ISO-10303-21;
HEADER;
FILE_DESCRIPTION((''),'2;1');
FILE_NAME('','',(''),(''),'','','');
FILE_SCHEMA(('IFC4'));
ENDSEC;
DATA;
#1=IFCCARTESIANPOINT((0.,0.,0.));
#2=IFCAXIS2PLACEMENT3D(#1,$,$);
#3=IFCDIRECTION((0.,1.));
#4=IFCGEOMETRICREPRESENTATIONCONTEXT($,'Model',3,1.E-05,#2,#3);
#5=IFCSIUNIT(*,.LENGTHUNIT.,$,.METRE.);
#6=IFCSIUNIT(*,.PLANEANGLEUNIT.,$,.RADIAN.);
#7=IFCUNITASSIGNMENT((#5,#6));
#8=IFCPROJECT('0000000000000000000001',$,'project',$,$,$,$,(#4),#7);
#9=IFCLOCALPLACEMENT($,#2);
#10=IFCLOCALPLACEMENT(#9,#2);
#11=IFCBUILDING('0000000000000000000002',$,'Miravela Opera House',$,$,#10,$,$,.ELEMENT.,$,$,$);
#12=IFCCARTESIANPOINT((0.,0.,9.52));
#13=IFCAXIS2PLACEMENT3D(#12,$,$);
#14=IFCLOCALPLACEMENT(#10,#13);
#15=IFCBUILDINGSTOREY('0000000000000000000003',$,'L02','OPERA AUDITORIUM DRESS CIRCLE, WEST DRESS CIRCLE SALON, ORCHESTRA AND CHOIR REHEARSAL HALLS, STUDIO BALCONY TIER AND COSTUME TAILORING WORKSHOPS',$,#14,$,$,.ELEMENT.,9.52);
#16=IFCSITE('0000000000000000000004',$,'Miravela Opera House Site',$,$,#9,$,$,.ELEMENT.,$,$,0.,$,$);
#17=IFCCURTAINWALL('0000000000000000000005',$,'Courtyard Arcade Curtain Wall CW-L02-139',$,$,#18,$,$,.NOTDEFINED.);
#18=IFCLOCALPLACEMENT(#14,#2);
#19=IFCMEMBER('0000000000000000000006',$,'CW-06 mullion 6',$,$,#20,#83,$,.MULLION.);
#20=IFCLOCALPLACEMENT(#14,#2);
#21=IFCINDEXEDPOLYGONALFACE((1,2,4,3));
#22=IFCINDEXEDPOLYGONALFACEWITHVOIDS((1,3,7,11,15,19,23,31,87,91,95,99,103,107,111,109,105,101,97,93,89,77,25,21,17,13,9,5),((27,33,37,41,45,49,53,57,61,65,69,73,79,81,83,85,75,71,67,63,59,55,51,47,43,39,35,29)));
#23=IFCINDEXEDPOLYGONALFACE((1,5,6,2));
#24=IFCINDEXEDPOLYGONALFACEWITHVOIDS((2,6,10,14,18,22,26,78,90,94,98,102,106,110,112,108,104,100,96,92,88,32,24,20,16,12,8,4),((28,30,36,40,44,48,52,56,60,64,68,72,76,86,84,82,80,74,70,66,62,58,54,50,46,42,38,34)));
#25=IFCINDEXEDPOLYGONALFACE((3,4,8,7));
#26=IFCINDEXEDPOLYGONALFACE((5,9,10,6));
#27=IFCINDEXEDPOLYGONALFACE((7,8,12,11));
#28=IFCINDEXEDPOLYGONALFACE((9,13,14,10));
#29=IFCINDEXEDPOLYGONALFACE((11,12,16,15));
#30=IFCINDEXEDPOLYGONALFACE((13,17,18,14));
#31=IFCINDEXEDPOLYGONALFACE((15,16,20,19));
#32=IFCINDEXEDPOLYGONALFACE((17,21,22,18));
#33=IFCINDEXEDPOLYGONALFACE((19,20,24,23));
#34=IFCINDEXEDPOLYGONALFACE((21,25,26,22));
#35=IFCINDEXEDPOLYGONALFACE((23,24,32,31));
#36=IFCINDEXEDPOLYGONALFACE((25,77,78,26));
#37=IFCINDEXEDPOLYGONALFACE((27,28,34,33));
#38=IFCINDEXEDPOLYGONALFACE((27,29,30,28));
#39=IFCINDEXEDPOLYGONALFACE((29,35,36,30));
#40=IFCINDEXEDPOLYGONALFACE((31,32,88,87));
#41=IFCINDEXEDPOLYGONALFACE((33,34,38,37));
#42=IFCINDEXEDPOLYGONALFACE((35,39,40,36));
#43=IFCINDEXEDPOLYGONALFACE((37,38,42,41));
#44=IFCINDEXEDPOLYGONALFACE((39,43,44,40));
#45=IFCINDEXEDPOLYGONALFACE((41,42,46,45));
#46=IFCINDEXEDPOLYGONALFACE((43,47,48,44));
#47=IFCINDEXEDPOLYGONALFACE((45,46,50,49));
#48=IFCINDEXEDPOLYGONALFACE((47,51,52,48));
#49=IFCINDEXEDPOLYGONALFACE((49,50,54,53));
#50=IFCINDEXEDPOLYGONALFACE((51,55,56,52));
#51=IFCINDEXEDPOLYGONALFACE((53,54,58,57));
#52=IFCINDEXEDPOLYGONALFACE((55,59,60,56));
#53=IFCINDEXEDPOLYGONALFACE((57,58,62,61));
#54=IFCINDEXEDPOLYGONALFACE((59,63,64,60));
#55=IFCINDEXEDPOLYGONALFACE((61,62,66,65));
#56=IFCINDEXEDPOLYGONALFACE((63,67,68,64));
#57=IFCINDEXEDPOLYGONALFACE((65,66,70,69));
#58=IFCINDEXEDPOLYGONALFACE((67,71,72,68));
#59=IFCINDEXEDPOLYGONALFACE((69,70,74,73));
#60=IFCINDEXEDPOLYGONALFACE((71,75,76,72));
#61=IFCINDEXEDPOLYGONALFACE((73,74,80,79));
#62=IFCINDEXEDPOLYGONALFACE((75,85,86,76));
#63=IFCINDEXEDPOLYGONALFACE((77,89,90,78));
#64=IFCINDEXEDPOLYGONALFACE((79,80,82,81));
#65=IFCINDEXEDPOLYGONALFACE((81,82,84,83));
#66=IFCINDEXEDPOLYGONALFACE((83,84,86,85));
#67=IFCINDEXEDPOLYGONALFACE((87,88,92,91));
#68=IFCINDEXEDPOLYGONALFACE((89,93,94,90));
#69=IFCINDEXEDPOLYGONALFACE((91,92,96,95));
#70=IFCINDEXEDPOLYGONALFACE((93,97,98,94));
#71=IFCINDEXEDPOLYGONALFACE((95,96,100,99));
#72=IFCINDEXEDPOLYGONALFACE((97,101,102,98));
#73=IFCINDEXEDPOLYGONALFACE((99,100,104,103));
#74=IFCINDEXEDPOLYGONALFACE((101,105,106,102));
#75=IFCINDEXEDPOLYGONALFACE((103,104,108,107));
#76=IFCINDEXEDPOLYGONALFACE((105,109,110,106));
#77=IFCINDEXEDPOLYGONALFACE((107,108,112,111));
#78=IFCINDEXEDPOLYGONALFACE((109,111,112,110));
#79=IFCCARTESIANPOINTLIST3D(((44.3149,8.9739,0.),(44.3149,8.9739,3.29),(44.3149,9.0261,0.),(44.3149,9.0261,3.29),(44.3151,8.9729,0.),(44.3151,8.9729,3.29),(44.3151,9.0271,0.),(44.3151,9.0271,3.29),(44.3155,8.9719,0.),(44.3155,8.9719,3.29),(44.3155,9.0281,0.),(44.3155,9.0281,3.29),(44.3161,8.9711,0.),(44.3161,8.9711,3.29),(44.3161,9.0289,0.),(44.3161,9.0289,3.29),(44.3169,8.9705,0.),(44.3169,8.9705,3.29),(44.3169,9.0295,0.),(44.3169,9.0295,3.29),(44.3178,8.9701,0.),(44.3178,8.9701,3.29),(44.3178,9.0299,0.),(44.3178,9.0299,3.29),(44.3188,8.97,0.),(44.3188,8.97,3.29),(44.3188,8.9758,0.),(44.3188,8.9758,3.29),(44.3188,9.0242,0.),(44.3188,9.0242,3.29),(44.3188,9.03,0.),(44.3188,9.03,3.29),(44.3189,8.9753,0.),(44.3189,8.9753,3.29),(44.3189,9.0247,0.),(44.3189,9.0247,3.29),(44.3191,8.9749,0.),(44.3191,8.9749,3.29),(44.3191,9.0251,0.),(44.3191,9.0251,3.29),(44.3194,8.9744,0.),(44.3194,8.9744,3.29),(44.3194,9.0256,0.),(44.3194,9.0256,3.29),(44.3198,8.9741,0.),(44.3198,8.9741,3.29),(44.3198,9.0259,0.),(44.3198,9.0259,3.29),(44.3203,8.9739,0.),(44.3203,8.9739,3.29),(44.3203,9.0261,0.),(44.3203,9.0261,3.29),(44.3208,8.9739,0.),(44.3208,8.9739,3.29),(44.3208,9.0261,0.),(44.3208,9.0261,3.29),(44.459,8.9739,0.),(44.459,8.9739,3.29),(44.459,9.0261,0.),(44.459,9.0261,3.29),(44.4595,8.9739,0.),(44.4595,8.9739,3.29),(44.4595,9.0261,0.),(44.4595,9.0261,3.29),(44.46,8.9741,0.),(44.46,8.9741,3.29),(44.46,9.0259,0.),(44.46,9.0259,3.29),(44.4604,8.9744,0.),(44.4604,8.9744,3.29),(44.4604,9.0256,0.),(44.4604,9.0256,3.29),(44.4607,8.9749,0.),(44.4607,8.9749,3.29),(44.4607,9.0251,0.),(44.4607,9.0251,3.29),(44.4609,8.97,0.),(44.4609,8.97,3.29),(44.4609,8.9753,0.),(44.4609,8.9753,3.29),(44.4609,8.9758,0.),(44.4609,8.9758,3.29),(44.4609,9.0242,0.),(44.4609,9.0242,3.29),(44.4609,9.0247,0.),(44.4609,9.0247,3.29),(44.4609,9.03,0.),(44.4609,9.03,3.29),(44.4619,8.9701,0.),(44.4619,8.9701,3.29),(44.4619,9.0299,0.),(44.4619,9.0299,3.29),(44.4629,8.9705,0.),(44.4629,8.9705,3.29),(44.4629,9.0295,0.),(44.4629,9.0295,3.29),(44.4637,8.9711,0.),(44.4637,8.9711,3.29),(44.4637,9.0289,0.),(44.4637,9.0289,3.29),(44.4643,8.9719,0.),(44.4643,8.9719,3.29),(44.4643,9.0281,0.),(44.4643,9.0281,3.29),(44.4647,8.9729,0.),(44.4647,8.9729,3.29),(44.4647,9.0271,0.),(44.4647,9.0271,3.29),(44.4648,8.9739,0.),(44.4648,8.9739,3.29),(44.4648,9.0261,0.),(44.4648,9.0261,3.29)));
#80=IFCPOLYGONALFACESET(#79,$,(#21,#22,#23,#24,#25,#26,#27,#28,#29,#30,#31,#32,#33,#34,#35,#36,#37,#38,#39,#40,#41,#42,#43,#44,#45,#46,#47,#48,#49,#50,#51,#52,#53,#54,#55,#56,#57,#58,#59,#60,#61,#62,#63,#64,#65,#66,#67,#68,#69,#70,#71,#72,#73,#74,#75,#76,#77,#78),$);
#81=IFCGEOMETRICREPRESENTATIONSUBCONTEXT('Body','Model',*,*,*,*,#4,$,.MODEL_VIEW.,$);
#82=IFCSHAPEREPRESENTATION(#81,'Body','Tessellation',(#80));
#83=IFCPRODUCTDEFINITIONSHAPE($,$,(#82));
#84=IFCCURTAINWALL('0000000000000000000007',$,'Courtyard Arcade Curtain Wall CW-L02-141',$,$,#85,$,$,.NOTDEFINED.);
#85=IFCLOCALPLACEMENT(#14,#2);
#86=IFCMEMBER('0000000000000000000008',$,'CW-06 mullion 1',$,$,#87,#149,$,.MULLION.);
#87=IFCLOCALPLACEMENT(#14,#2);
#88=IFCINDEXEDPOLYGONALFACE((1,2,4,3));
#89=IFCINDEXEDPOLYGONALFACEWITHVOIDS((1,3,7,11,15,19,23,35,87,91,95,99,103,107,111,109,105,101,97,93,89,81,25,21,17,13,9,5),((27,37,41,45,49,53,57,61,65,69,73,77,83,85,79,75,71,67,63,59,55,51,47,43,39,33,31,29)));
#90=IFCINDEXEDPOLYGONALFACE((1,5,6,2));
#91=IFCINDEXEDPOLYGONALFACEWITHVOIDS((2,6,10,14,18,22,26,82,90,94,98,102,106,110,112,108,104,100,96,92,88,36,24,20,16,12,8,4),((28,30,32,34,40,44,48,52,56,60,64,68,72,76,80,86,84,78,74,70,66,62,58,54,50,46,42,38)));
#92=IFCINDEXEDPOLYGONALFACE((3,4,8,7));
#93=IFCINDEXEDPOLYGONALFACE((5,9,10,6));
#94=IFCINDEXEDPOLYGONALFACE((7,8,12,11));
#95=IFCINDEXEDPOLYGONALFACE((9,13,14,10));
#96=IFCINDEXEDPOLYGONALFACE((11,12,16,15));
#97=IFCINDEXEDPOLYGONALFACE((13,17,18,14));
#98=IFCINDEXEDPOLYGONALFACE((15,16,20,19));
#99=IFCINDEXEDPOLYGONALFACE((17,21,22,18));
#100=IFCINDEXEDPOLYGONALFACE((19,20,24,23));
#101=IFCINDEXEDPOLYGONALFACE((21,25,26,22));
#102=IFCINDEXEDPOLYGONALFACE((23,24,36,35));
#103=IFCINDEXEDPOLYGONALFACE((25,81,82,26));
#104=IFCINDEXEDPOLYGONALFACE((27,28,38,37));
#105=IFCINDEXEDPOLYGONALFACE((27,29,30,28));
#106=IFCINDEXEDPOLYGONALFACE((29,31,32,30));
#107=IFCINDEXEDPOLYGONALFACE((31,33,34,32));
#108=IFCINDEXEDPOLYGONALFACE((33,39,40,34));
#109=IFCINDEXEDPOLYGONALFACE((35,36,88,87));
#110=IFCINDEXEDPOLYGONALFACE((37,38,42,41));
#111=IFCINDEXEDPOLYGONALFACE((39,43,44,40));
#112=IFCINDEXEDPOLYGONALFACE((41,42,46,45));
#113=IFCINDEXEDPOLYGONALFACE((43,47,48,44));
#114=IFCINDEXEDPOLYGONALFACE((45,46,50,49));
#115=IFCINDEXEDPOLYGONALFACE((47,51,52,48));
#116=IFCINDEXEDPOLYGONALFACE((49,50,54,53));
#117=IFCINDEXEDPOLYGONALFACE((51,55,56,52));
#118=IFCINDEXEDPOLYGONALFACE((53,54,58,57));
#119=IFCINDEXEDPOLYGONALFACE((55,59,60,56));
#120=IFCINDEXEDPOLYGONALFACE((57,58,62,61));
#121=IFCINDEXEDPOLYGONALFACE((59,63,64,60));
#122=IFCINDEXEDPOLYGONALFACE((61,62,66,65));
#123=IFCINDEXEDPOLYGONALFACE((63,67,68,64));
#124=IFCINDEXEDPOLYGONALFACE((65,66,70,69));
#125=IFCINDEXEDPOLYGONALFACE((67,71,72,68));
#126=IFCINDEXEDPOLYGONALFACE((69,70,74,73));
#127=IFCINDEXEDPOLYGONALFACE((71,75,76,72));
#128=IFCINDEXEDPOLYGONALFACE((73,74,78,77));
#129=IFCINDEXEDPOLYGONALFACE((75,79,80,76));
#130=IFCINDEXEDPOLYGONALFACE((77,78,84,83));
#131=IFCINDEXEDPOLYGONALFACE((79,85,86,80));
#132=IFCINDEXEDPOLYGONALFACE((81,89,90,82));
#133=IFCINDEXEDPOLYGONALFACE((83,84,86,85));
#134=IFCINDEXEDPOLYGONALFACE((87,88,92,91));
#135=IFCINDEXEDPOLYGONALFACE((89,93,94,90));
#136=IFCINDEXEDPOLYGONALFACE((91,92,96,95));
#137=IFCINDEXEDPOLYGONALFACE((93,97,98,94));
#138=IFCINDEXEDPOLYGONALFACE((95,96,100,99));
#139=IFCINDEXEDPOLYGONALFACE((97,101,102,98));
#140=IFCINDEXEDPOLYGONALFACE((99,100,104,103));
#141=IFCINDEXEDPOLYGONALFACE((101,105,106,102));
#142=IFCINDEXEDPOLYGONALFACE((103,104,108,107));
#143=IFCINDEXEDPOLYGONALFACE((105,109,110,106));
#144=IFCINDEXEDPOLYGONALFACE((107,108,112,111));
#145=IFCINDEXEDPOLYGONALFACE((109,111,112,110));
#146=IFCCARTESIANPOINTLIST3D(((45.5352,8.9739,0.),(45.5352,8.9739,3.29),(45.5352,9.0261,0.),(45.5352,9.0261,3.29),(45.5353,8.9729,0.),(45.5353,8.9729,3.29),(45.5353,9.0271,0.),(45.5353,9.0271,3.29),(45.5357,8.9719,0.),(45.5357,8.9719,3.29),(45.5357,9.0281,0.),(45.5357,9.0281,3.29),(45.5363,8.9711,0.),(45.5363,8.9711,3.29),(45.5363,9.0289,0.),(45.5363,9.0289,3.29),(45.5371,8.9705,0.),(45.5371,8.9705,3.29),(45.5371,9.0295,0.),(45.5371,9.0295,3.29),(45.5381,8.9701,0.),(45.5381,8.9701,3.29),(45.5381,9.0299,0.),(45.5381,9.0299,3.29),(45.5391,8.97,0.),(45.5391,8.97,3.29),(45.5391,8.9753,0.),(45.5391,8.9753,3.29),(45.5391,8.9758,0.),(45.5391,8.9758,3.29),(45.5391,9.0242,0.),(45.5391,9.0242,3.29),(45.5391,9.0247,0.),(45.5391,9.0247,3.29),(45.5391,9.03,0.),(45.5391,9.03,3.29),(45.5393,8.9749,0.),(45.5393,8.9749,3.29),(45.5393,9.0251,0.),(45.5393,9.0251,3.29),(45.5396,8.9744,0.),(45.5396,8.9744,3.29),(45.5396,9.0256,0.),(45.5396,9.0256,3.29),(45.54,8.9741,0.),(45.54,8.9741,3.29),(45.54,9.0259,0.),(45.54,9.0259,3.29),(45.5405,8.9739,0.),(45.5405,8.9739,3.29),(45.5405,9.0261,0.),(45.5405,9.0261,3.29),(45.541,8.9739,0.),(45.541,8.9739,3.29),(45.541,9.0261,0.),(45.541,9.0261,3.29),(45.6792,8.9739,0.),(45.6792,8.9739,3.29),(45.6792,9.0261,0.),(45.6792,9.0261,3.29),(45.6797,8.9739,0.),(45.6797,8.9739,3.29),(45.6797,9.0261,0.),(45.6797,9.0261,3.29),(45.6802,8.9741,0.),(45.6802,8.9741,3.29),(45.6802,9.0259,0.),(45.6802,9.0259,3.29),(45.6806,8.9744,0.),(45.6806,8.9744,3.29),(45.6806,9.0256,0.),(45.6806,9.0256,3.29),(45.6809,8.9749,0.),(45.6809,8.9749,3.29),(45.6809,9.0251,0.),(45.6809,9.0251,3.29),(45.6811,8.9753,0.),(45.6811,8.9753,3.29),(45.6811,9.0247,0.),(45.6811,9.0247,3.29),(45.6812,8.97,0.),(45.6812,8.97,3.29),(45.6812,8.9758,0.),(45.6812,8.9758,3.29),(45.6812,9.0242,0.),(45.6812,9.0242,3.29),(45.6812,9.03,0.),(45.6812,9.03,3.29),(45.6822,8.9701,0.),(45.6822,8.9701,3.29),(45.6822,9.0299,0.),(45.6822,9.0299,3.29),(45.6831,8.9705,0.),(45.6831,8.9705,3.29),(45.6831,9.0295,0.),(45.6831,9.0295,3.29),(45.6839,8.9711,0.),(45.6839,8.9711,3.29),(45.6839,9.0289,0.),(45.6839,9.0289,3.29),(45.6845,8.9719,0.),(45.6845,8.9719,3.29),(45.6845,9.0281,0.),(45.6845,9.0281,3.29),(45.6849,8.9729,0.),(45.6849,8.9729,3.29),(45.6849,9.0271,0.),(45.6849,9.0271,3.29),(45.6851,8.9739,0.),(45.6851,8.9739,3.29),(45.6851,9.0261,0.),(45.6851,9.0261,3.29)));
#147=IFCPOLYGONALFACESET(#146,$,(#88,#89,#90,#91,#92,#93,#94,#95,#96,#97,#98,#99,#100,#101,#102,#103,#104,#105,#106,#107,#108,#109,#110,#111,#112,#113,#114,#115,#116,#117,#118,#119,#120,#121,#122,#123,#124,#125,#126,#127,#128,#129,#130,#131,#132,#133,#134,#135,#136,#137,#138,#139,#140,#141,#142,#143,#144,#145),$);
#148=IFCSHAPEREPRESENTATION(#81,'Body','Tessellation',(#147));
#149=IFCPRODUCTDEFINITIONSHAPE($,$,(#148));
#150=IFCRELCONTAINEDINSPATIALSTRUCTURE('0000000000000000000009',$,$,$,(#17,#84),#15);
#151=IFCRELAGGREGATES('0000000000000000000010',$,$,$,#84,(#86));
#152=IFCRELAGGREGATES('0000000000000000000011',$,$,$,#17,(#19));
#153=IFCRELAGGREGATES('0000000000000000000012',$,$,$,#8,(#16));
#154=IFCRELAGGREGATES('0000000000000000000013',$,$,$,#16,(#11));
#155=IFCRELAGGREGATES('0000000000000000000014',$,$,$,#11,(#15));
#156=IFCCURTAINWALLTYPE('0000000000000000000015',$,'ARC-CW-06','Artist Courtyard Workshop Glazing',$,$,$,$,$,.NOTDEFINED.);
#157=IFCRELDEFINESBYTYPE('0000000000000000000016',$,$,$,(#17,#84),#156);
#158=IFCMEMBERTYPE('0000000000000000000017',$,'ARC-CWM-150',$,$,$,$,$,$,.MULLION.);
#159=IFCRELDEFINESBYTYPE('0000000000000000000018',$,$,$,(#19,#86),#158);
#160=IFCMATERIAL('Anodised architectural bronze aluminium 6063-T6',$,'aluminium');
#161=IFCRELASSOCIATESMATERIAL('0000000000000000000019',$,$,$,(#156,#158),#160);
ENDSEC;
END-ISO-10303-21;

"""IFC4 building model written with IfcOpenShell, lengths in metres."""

from ifc_helpers import new_model, si_unit, direction, frame, origin, origin_2d, place, context, subcontext, project, spatial, hollow_rectangle, extrude, material, material_profile, profile_set, type_object, element, aggregate, save


model = new_model("IFC4")

# Units and contexts
model_context = context("Model", 3, precision=1e-05, world=origin(), true_north=direction((0.0, 1.0)))
body_context = subcontext(model_context, "Body", "Model", "MODEL_VIEW")
ifc_project = project(units=[si_unit("LENGTHUNIT", "METRE"), si_unit("PLANEANGLEUNIT", "RADIAN")], contexts=[model_context])

# Site, building, storey
site_placement = place(None, origin())
site = spatial("IfcSite", under=ifc_project, at=site_placement, Name="Miravela Opera House Site", CompositionType="ELEMENT", RefElevation=0.0)
building_placement = place(site_placement, origin())
building = spatial("IfcBuilding", under=site, at=building_placement, Name="Miravela Opera House", CompositionType="ELEMENT")
storey_placement = place(building_placement, frame((0.0, 0.0, 9.52)))
storey = spatial("IfcBuildingStorey", under=building, at=storey_placement, Name="L02", Description="OPERA AUDITORIUM DRESS CIRCLE, WEST DRESS CIRCLE SALON, ORCHESTRA AND CHOIR REHEARSAL HALLS, STUDIO BALCONY TIER AND COSTUME TAILORING WORKSHOPS", CompositionType="ELEMENT", Elevation=9.52)

# Curtain wall, member
ifc_material_1 = material(Name="Anodised architectural bronze aluminium 6063-T6", Category="aluminium")
curtain_wall_type = type_object("IfcCurtainWallType", Name="ARC-CW-06", Description="Artist Courtyard Workshop Glazing", PredefinedType="NOTDEFINED", material=ifc_material_1)
curtain_wall_1_placement = place(storey_placement, origin())
curtain_wall_1 = element("IfcCurtainWall", 1, at=curtain_wall_1_placement, inside=storey, type_object=curtain_wall_type, Name="Courtyard Arcade Curtain Wall CW-L02-139", PredefinedType="NOTDEFINED")
ifc_material_profile_1 = material_profile(ifc_material_1, hollow_rectangle(XDim=0.0601, YDim=0.1499, WallThickness=0.0039, InnerFilletRadius=0.002, OuterFilletRadius=0.0039, at=origin_2d()), Name="CWM-60X150")
ifc_profile_set_1 = profile_set([ifc_material_profile_1])
member_type_1 = type_object("IfcMemberType", Name="ARC-CWM-150", PredefinedType="MULLION", material=ifc_profile_set_1)
member_1_placement = place(storey_placement, frame((44.3899, 9.0, 0.0), z_axis=(0.0, 0.0, 1.0), x_axis=(0.0, 1.0, 0.0)))
member_1 = element("IfcMember", 2, at=member_1_placement, type_object=member_type_1, Name="CW-06 mullion 6", PredefinedType="MULLION", context=body_context, shape_type="SweptSolid", body=[
    extrude(hollow_rectangle(XDim=0.0601, YDim=0.1499, WallThickness=0.0039, InnerFilletRadius=0.002, OuterFilletRadius=0.0039, at=origin_2d()), origin(), (0.0, 0.0, 1.0), 3.29),
])

# Curtain wall, member
curtain_wall_2_placement = place(storey_placement, origin())
curtain_wall_2 = element("IfcCurtainWall", 3, at=curtain_wall_2_placement, inside=storey, type_object=curtain_wall_type, Name="Courtyard Arcade Curtain Wall CW-L02-141", PredefinedType="NOTDEFINED")
member_2_placement = place(storey_placement, frame((45.6101, 9.0, 0.0), z_axis=(0.0, 0.0, 1.0), x_axis=(0.0, 1.0, 0.0)))
member_2 = element("IfcMember", 4, at=member_2_placement, type_object=member_type_1, Name="CW-06 mullion 1", PredefinedType="MULLION", context=body_context, shape_type="SweptSolid", body=[
    extrude(hollow_rectangle(XDim=0.0601, YDim=0.1499, WallThickness=0.0039, InnerFilletRadius=0.002, OuterFilletRadius=0.0039, at=origin_2d()), origin(), (0.0, 0.0, 1.0), 3.29),
])

aggregate(curtain_wall_2, [member_2])

aggregate(curtain_wall_1, [member_1])

save(model, "model.ifc")
